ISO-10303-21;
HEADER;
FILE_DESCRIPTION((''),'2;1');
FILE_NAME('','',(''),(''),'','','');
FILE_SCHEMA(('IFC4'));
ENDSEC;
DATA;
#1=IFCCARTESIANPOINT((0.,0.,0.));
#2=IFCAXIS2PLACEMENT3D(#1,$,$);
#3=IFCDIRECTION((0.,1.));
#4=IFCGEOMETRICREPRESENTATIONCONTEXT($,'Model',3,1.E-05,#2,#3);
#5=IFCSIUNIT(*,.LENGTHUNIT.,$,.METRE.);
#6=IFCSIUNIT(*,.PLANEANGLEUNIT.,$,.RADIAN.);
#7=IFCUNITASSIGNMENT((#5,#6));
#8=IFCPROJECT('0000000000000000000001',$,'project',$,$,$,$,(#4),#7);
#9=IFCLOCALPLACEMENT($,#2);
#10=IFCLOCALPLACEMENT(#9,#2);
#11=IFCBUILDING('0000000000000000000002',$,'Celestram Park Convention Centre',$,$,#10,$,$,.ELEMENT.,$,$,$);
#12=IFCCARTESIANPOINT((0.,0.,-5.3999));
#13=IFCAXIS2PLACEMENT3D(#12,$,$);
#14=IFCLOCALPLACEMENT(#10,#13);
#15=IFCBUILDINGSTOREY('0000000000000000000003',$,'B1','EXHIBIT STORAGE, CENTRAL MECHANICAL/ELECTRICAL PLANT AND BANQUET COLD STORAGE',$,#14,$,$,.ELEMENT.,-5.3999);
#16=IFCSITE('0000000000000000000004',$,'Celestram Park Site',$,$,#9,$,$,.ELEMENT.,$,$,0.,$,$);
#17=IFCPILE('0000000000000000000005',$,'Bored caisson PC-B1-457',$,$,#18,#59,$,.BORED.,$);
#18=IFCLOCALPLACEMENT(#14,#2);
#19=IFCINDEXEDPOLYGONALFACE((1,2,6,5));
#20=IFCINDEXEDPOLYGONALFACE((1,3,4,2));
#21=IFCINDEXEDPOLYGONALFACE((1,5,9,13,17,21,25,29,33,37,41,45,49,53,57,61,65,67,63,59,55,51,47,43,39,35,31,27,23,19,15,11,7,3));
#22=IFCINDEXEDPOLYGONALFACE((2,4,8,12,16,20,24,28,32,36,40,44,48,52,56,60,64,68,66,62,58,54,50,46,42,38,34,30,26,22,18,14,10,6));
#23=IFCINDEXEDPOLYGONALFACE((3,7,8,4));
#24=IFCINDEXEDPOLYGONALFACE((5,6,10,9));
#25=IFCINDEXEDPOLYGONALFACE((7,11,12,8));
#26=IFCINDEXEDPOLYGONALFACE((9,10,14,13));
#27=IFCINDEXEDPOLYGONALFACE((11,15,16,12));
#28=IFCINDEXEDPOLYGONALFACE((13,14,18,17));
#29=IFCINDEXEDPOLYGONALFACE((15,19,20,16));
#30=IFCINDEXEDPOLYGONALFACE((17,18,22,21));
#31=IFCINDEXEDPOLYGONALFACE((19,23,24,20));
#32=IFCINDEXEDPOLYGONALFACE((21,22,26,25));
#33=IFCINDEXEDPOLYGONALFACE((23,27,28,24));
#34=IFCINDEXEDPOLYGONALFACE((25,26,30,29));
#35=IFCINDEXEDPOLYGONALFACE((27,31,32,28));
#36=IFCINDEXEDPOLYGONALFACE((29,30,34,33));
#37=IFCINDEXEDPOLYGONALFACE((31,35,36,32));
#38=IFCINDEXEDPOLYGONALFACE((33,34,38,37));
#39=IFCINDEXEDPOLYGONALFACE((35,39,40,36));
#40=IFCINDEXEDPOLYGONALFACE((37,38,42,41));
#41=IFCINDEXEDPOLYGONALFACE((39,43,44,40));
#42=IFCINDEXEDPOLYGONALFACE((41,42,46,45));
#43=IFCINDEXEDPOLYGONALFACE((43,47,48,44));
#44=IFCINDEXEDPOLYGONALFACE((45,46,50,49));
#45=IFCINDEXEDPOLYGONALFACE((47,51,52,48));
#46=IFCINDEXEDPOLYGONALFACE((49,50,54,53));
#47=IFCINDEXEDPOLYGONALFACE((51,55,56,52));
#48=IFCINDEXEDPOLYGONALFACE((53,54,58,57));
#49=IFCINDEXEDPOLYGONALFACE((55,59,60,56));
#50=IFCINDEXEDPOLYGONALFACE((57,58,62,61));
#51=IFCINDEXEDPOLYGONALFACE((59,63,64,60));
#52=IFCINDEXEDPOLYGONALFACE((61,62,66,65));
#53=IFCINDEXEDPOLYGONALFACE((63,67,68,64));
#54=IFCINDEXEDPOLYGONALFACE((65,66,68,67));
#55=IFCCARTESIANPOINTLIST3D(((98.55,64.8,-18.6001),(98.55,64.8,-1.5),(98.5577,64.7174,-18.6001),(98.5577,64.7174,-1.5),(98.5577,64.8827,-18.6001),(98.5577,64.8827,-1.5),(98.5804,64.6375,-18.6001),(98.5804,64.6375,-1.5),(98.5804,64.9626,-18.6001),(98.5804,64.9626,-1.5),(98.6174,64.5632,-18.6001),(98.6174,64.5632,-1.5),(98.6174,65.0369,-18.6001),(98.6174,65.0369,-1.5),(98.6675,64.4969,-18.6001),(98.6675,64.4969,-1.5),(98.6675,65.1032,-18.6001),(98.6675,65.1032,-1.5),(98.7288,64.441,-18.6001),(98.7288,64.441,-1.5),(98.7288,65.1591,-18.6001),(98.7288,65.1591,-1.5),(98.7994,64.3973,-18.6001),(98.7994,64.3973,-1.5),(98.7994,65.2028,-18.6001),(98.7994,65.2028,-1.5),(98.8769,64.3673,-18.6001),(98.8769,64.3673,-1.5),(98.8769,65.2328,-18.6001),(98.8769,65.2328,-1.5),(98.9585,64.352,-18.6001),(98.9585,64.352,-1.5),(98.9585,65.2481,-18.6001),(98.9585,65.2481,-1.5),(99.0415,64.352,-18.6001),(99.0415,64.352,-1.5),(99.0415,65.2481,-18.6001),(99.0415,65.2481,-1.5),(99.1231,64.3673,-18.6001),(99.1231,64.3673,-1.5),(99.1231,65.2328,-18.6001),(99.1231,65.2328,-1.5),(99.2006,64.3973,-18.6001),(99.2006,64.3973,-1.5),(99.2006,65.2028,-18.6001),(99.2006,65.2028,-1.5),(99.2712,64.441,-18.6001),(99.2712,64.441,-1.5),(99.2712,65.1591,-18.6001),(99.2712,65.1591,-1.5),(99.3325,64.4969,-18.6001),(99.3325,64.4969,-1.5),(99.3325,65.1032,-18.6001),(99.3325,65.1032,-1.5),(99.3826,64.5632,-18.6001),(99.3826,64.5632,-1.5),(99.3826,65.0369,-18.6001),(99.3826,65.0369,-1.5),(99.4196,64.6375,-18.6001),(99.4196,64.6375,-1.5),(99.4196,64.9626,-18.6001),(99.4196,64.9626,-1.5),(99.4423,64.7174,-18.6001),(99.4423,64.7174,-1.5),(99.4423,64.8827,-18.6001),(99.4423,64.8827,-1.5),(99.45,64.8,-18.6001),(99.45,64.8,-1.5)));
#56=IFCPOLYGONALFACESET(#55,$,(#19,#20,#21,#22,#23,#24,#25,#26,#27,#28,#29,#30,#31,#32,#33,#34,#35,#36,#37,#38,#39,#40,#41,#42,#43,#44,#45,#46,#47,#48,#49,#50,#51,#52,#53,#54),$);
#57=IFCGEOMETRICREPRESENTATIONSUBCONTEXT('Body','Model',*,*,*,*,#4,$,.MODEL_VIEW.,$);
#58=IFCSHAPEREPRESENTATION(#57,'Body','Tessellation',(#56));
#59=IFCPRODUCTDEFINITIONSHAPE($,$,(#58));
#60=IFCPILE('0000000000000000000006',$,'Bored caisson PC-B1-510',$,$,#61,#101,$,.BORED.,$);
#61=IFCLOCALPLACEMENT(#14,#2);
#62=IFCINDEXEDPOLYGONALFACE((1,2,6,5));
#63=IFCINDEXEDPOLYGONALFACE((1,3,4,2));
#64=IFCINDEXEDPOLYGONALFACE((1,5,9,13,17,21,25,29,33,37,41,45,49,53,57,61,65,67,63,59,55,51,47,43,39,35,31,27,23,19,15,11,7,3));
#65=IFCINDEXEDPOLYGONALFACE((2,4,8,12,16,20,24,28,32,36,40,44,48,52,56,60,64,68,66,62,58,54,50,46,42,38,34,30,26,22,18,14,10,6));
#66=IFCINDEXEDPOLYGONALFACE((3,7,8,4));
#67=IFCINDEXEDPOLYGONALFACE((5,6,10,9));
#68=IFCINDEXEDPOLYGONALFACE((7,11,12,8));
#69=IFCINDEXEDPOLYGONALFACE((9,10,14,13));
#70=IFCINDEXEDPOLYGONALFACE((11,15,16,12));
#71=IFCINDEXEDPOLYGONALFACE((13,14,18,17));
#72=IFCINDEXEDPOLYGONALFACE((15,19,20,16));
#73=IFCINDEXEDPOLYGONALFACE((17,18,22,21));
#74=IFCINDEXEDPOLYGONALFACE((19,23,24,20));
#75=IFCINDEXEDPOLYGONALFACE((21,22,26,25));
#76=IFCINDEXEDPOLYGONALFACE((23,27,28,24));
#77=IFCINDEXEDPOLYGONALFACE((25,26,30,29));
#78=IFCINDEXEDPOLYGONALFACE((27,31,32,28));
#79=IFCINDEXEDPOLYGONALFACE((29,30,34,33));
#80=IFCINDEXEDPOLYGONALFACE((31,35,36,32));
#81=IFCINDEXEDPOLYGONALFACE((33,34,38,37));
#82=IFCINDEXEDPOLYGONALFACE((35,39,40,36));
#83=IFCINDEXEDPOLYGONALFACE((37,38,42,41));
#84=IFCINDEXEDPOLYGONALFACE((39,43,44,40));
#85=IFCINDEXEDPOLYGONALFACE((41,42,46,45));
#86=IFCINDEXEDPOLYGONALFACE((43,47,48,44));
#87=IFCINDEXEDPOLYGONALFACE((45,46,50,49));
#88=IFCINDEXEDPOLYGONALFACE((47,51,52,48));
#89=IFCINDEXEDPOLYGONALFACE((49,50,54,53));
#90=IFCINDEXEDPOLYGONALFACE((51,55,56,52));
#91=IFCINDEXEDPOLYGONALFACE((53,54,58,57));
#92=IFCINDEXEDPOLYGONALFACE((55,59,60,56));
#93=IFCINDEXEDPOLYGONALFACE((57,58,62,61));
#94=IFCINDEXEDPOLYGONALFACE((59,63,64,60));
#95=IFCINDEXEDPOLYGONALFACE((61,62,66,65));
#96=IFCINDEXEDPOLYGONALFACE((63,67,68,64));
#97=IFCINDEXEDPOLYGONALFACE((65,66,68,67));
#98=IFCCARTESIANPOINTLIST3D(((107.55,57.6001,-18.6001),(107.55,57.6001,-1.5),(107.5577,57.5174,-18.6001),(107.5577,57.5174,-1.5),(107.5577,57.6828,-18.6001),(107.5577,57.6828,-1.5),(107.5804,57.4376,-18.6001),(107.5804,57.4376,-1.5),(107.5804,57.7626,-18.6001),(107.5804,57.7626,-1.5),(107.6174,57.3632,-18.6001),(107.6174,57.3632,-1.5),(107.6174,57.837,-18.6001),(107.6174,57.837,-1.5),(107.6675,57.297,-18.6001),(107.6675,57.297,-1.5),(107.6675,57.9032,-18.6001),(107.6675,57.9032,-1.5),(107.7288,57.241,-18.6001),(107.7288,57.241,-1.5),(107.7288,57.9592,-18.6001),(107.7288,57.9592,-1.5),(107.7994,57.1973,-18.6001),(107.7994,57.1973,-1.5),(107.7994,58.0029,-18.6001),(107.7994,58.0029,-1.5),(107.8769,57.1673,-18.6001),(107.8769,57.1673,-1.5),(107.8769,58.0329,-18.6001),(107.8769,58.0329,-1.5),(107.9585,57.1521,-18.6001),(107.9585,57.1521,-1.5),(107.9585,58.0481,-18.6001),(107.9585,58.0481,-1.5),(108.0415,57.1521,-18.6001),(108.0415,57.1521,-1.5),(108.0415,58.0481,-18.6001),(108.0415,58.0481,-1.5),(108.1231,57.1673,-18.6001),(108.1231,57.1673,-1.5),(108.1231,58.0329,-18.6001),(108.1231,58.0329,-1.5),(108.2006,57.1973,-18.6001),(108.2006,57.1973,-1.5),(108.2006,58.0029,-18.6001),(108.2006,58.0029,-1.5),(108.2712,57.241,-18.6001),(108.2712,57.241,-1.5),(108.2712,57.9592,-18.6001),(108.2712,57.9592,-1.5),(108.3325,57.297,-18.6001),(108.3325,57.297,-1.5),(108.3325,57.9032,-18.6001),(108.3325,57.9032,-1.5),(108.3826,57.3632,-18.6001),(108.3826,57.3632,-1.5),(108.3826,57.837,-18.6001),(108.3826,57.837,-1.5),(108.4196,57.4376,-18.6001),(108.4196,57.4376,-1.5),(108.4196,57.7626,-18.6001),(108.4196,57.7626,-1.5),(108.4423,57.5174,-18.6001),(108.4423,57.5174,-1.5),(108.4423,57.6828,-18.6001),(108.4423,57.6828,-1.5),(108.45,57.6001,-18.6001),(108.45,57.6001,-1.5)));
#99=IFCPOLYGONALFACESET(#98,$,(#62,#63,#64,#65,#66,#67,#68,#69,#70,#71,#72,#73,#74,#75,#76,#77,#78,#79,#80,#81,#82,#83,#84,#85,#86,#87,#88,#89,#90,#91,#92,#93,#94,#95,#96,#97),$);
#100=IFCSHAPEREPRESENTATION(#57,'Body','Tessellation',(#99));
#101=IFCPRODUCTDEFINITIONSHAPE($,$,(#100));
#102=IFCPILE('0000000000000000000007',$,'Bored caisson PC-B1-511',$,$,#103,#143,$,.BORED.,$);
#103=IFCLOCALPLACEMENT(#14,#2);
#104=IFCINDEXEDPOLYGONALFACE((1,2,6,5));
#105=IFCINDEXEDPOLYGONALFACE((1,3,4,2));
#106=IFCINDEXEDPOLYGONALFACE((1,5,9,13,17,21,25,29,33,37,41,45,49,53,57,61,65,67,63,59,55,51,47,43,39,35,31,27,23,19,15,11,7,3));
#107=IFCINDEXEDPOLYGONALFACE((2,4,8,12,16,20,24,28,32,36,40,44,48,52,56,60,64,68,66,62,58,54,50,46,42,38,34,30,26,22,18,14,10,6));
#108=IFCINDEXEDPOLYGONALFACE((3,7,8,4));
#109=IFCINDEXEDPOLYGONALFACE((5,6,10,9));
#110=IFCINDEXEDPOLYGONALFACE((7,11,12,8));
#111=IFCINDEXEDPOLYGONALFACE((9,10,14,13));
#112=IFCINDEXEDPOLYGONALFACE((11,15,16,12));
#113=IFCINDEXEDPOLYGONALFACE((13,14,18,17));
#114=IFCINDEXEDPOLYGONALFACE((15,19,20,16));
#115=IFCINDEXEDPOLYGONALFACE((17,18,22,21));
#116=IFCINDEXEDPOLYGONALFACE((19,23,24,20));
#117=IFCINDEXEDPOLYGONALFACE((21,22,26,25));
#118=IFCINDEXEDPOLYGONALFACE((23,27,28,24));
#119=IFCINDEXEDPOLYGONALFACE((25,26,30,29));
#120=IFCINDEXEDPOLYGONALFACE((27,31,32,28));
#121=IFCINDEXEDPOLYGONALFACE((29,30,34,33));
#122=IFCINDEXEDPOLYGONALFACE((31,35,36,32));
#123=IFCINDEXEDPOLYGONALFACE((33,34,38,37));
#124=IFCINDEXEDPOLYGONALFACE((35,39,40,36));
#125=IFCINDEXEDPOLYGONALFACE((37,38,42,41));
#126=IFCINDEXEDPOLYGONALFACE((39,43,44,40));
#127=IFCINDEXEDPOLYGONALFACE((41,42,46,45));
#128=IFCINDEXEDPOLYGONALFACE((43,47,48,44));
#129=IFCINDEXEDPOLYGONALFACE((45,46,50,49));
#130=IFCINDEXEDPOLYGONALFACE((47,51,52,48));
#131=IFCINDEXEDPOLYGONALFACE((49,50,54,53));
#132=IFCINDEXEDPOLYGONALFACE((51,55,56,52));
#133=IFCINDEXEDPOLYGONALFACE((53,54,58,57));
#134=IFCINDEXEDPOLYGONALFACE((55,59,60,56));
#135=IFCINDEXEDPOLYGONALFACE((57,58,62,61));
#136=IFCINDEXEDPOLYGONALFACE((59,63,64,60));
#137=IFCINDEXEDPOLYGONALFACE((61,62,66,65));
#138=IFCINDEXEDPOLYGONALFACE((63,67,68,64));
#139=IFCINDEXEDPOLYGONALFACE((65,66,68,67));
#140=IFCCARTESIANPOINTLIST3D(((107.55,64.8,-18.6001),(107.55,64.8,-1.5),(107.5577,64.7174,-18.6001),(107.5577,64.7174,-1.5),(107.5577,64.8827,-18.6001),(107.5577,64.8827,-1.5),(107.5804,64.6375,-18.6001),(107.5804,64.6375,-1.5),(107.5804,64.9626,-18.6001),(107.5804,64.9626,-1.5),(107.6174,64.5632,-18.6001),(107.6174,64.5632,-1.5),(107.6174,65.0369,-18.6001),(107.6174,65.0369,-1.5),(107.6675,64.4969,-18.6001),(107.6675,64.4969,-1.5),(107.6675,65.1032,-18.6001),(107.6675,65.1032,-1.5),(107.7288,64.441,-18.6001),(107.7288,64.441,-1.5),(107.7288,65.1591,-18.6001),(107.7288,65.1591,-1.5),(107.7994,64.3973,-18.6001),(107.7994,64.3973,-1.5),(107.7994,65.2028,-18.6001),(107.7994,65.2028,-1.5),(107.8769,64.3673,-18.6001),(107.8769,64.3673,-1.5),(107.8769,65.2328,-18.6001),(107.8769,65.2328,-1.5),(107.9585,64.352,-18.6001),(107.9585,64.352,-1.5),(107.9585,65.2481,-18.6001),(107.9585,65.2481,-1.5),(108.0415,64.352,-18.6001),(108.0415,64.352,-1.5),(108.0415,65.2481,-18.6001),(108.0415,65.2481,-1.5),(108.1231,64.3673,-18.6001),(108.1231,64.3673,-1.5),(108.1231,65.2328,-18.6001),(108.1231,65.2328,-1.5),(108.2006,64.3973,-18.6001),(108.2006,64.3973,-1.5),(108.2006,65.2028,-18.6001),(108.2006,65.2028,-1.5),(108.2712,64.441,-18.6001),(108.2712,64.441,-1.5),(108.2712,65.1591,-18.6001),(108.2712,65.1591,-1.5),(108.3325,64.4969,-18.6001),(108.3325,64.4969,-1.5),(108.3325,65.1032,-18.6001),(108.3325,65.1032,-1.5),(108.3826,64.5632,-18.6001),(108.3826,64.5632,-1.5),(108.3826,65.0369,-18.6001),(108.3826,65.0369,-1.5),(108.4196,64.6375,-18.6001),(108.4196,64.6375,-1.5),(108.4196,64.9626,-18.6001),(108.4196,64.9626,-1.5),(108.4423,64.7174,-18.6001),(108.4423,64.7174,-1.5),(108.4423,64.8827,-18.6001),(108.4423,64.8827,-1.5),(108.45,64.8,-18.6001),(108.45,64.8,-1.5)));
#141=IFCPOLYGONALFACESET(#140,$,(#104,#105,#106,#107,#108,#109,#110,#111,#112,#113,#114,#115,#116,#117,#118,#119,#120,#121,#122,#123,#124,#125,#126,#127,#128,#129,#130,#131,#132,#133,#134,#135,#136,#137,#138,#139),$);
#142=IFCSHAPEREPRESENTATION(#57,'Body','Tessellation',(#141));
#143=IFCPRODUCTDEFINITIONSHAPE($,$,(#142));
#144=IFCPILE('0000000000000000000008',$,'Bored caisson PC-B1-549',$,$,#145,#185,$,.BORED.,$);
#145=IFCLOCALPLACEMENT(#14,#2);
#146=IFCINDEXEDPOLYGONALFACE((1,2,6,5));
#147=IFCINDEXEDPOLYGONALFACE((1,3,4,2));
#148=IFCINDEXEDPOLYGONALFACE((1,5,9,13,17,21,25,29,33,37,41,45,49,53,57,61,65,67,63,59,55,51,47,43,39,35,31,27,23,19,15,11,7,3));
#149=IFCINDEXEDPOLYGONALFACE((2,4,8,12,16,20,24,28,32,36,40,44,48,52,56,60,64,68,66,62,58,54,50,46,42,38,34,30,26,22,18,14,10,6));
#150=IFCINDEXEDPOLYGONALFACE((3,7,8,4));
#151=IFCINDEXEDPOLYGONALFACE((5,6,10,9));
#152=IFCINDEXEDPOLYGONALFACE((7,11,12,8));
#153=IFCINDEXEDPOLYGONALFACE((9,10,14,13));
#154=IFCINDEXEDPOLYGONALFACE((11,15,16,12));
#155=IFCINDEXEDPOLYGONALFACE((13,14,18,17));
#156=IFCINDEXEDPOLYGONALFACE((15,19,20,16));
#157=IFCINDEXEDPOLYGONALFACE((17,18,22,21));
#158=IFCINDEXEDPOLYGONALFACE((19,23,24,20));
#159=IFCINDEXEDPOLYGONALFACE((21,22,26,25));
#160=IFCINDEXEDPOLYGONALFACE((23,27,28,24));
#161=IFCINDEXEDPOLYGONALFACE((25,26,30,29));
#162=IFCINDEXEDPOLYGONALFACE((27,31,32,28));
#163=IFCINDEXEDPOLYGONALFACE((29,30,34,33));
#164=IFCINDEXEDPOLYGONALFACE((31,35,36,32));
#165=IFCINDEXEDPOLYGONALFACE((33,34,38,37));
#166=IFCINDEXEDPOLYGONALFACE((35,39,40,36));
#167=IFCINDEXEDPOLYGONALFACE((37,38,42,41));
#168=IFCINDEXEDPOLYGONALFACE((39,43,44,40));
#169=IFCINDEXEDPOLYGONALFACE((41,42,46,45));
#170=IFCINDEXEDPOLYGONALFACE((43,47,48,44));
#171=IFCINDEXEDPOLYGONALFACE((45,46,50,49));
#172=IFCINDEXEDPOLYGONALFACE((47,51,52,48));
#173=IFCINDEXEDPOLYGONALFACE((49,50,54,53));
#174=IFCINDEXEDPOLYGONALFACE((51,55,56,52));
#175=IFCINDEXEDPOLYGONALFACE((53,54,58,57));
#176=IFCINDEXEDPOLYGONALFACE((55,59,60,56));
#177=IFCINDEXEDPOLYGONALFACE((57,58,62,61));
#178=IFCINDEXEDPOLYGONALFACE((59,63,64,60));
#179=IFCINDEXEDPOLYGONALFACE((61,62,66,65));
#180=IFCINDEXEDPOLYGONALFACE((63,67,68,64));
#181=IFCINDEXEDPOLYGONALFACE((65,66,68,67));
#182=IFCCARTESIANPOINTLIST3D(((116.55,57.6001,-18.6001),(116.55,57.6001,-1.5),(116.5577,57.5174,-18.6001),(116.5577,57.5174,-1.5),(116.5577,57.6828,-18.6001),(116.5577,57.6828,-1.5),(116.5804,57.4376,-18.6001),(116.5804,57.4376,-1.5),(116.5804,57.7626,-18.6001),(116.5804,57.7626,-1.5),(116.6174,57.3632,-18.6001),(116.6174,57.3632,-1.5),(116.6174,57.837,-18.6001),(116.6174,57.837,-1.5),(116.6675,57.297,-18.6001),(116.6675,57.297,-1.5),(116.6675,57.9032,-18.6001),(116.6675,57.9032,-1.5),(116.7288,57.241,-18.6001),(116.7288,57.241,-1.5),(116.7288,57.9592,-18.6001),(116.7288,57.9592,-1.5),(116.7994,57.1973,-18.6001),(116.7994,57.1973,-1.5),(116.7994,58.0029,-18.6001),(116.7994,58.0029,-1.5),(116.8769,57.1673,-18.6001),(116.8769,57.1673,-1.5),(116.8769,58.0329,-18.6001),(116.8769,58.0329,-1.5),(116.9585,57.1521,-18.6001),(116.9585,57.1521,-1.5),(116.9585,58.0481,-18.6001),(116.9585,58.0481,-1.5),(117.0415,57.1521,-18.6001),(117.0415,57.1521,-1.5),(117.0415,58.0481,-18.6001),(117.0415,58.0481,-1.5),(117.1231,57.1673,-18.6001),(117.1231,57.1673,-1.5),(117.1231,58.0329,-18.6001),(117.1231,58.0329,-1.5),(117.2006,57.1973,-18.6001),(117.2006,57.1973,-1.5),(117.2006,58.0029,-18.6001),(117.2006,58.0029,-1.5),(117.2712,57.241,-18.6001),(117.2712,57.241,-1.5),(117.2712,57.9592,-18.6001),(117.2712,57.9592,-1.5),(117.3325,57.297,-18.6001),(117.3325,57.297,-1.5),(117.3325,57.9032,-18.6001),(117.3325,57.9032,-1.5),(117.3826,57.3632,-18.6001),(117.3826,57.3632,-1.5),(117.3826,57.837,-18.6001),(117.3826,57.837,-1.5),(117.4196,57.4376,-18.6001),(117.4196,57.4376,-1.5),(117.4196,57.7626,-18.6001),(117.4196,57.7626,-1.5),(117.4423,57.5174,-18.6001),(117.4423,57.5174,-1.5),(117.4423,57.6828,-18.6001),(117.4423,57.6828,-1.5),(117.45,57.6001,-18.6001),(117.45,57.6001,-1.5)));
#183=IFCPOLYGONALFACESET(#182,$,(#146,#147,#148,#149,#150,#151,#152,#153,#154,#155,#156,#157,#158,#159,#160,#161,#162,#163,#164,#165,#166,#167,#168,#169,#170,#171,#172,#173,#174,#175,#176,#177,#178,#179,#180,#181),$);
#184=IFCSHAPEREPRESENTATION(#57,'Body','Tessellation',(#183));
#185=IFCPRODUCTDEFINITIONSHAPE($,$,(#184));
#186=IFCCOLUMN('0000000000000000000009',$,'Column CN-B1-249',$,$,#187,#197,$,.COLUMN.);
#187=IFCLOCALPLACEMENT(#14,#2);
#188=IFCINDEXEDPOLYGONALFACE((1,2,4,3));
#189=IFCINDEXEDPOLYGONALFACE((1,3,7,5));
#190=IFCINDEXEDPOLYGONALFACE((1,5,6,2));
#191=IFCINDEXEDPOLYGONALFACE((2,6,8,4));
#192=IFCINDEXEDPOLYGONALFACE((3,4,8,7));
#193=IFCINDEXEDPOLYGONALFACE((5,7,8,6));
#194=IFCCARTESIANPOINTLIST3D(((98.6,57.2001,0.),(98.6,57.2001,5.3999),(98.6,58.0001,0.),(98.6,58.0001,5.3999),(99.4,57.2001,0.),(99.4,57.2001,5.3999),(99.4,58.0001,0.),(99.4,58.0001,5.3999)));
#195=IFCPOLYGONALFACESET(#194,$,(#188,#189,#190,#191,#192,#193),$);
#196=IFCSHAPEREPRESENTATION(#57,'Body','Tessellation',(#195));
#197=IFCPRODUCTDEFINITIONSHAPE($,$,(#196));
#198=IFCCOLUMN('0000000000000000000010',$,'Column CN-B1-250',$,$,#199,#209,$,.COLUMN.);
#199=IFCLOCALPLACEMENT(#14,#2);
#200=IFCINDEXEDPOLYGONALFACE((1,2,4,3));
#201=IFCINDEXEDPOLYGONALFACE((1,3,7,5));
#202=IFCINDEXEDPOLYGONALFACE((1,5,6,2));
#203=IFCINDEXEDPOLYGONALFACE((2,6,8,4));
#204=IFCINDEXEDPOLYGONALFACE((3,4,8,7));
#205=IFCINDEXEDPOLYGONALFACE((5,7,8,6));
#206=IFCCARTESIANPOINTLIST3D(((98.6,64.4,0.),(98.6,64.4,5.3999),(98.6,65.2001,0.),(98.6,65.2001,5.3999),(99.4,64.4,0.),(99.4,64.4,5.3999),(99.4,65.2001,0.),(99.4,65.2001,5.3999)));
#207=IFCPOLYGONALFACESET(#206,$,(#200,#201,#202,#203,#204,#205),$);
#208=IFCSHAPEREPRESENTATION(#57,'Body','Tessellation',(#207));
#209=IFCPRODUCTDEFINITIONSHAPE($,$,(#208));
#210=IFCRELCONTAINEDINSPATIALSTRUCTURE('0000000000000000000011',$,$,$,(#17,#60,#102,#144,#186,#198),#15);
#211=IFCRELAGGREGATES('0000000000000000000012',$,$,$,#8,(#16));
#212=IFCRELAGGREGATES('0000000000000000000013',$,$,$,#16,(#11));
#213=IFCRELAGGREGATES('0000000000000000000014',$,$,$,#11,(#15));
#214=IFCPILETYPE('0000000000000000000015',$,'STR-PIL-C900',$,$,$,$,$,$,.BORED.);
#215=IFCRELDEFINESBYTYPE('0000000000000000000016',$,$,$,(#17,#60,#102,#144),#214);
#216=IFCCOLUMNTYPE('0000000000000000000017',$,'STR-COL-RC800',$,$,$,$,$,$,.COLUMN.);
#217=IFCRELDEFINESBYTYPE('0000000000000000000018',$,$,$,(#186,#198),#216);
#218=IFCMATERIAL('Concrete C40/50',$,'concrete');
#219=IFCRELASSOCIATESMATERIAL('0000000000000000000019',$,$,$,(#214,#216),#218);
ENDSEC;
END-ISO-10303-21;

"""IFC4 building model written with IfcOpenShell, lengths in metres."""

from ifc_helpers import new_model, si_unit, direction, frame, origin, origin_2d, place, context, subcontext, project, spatial, rectangle, circle, extrude, material, material_profile, profile_set, type_object, element, save


model = new_model("IFC4")

# Units and contexts
model_context = context("Model", 3, precision=1e-05, world=origin(), true_north=direction((0.0, 1.0)))
body_context = subcontext(model_context, "Body", "Model", "MODEL_VIEW")
ifc_project = project(units=[si_unit("LENGTHUNIT", "METRE"), si_unit("PLANEANGLEUNIT", "RADIAN")], contexts=[model_context])

# Site, building, storey
site_placement = place(None, origin())
site = spatial("IfcSite", under=ifc_project, at=site_placement, Name="Celestram Park Site", CompositionType="ELEMENT", RefElevation=0.0)
building_placement = place(site_placement, origin())
building = spatial("IfcBuilding", under=site, at=building_placement, Name="Celestram Park Convention Centre", CompositionType="ELEMENT")
storey_placement = place(building_placement, frame((0.0, 0.0, -5.3999)))
storey = spatial("IfcBuildingStorey", under=building, at=storey_placement, Name="B1", Description="EXHIBIT STORAGE, CENTRAL MECHANICAL/ELECTRICAL PLANT AND BANQUET COLD STORAGE", CompositionType="ELEMENT", Elevation=-5.3999)

# Shared definitions
ifc_material_1 = material(Name="Concrete C40/50", Category="concrete")

# Piles
ifc_material_profile_1 = material_profile(ifc_material_1, circle(Radius=0.45, at=origin_2d()), Name="CAISSON900")
ifc_profile_set_1 = profile_set([ifc_material_profile_1], Name="Concrete C40/50")
pile_type = type_object("IfcPileType", Name="STR-PIL-C900", PredefinedType="BORED", material=ifc_profile_set_1)
for number, where, z_axis, x_axis, name in (
    (1, (99.0, 64.8, -1.5), (0.0, 0.0, -1.0), (1.0, 0.0, 0.0), "Bored caisson PC-B1-457"),
    (2, (108.0, 57.6001, -1.5), (0.0, 0.0, -1.0), (1.0, 0.0, 0.0), "Bored caisson PC-B1-510"),
    (3, (108.0, 64.8, -1.5), (0.0, 0.0, -1.0), (1.0, 0.0, 0.0), "Bored caisson PC-B1-511"),
    (4, (117.0, 57.6001, -1.5), (0.0, 0.0, -1.0), (1.0, 0.0, 0.0), "Bored caisson PC-B1-549"),
):
    element("IfcPile", number, at=place(storey_placement, frame(where, z_axis=z_axis, x_axis=x_axis)), inside=storey, type_object=pile_type, Name=name, PredefinedType="BORED", context=body_context, shape_type="SweptSolid", body=[
        extrude(circle(Radius=0.45, at=origin_2d()), origin(), (0.0, 0.0, 1.0), 17.1001),
    ])

# Columns
ifc_material_profile_2 = material_profile(ifc_material_1, rectangle(XDim=0.8, YDim=0.8, at=origin_2d()), Name="RC800X800")
ifc_profile_set_2 = profile_set([ifc_material_profile_2], Name="Concrete C40/50")
column_type = type_object("IfcColumnType", Name="STR-COL-RC800", PredefinedType="COLUMN", material=ifc_profile_set_2)
for number, where, z_axis, x_axis, name in (
    (5, (99.0, 57.6001, 0.0), (0.0, 0.0, 1.0), (1.0, 0.0, 0.0), "Column CN-B1-249"),
    (6, (99.0, 64.8, 0.0), (0.0, 0.0, 1.0), (1.0, 0.0, 0.0), "Column CN-B1-250"),
):
    element("IfcColumn", number, at=place(storey_placement, frame(where, z_axis=z_axis, x_axis=x_axis)), inside=storey, type_object=column_type, Name=name, PredefinedType="COLUMN", context=body_context, shape_type="SweptSolid", body=[
        extrude(rectangle(XDim=0.8, YDim=0.8, at=origin_2d()), origin(), (0.0, 0.0, 1.0), 5.3999),
    ])

save(model, "model.ifc")
